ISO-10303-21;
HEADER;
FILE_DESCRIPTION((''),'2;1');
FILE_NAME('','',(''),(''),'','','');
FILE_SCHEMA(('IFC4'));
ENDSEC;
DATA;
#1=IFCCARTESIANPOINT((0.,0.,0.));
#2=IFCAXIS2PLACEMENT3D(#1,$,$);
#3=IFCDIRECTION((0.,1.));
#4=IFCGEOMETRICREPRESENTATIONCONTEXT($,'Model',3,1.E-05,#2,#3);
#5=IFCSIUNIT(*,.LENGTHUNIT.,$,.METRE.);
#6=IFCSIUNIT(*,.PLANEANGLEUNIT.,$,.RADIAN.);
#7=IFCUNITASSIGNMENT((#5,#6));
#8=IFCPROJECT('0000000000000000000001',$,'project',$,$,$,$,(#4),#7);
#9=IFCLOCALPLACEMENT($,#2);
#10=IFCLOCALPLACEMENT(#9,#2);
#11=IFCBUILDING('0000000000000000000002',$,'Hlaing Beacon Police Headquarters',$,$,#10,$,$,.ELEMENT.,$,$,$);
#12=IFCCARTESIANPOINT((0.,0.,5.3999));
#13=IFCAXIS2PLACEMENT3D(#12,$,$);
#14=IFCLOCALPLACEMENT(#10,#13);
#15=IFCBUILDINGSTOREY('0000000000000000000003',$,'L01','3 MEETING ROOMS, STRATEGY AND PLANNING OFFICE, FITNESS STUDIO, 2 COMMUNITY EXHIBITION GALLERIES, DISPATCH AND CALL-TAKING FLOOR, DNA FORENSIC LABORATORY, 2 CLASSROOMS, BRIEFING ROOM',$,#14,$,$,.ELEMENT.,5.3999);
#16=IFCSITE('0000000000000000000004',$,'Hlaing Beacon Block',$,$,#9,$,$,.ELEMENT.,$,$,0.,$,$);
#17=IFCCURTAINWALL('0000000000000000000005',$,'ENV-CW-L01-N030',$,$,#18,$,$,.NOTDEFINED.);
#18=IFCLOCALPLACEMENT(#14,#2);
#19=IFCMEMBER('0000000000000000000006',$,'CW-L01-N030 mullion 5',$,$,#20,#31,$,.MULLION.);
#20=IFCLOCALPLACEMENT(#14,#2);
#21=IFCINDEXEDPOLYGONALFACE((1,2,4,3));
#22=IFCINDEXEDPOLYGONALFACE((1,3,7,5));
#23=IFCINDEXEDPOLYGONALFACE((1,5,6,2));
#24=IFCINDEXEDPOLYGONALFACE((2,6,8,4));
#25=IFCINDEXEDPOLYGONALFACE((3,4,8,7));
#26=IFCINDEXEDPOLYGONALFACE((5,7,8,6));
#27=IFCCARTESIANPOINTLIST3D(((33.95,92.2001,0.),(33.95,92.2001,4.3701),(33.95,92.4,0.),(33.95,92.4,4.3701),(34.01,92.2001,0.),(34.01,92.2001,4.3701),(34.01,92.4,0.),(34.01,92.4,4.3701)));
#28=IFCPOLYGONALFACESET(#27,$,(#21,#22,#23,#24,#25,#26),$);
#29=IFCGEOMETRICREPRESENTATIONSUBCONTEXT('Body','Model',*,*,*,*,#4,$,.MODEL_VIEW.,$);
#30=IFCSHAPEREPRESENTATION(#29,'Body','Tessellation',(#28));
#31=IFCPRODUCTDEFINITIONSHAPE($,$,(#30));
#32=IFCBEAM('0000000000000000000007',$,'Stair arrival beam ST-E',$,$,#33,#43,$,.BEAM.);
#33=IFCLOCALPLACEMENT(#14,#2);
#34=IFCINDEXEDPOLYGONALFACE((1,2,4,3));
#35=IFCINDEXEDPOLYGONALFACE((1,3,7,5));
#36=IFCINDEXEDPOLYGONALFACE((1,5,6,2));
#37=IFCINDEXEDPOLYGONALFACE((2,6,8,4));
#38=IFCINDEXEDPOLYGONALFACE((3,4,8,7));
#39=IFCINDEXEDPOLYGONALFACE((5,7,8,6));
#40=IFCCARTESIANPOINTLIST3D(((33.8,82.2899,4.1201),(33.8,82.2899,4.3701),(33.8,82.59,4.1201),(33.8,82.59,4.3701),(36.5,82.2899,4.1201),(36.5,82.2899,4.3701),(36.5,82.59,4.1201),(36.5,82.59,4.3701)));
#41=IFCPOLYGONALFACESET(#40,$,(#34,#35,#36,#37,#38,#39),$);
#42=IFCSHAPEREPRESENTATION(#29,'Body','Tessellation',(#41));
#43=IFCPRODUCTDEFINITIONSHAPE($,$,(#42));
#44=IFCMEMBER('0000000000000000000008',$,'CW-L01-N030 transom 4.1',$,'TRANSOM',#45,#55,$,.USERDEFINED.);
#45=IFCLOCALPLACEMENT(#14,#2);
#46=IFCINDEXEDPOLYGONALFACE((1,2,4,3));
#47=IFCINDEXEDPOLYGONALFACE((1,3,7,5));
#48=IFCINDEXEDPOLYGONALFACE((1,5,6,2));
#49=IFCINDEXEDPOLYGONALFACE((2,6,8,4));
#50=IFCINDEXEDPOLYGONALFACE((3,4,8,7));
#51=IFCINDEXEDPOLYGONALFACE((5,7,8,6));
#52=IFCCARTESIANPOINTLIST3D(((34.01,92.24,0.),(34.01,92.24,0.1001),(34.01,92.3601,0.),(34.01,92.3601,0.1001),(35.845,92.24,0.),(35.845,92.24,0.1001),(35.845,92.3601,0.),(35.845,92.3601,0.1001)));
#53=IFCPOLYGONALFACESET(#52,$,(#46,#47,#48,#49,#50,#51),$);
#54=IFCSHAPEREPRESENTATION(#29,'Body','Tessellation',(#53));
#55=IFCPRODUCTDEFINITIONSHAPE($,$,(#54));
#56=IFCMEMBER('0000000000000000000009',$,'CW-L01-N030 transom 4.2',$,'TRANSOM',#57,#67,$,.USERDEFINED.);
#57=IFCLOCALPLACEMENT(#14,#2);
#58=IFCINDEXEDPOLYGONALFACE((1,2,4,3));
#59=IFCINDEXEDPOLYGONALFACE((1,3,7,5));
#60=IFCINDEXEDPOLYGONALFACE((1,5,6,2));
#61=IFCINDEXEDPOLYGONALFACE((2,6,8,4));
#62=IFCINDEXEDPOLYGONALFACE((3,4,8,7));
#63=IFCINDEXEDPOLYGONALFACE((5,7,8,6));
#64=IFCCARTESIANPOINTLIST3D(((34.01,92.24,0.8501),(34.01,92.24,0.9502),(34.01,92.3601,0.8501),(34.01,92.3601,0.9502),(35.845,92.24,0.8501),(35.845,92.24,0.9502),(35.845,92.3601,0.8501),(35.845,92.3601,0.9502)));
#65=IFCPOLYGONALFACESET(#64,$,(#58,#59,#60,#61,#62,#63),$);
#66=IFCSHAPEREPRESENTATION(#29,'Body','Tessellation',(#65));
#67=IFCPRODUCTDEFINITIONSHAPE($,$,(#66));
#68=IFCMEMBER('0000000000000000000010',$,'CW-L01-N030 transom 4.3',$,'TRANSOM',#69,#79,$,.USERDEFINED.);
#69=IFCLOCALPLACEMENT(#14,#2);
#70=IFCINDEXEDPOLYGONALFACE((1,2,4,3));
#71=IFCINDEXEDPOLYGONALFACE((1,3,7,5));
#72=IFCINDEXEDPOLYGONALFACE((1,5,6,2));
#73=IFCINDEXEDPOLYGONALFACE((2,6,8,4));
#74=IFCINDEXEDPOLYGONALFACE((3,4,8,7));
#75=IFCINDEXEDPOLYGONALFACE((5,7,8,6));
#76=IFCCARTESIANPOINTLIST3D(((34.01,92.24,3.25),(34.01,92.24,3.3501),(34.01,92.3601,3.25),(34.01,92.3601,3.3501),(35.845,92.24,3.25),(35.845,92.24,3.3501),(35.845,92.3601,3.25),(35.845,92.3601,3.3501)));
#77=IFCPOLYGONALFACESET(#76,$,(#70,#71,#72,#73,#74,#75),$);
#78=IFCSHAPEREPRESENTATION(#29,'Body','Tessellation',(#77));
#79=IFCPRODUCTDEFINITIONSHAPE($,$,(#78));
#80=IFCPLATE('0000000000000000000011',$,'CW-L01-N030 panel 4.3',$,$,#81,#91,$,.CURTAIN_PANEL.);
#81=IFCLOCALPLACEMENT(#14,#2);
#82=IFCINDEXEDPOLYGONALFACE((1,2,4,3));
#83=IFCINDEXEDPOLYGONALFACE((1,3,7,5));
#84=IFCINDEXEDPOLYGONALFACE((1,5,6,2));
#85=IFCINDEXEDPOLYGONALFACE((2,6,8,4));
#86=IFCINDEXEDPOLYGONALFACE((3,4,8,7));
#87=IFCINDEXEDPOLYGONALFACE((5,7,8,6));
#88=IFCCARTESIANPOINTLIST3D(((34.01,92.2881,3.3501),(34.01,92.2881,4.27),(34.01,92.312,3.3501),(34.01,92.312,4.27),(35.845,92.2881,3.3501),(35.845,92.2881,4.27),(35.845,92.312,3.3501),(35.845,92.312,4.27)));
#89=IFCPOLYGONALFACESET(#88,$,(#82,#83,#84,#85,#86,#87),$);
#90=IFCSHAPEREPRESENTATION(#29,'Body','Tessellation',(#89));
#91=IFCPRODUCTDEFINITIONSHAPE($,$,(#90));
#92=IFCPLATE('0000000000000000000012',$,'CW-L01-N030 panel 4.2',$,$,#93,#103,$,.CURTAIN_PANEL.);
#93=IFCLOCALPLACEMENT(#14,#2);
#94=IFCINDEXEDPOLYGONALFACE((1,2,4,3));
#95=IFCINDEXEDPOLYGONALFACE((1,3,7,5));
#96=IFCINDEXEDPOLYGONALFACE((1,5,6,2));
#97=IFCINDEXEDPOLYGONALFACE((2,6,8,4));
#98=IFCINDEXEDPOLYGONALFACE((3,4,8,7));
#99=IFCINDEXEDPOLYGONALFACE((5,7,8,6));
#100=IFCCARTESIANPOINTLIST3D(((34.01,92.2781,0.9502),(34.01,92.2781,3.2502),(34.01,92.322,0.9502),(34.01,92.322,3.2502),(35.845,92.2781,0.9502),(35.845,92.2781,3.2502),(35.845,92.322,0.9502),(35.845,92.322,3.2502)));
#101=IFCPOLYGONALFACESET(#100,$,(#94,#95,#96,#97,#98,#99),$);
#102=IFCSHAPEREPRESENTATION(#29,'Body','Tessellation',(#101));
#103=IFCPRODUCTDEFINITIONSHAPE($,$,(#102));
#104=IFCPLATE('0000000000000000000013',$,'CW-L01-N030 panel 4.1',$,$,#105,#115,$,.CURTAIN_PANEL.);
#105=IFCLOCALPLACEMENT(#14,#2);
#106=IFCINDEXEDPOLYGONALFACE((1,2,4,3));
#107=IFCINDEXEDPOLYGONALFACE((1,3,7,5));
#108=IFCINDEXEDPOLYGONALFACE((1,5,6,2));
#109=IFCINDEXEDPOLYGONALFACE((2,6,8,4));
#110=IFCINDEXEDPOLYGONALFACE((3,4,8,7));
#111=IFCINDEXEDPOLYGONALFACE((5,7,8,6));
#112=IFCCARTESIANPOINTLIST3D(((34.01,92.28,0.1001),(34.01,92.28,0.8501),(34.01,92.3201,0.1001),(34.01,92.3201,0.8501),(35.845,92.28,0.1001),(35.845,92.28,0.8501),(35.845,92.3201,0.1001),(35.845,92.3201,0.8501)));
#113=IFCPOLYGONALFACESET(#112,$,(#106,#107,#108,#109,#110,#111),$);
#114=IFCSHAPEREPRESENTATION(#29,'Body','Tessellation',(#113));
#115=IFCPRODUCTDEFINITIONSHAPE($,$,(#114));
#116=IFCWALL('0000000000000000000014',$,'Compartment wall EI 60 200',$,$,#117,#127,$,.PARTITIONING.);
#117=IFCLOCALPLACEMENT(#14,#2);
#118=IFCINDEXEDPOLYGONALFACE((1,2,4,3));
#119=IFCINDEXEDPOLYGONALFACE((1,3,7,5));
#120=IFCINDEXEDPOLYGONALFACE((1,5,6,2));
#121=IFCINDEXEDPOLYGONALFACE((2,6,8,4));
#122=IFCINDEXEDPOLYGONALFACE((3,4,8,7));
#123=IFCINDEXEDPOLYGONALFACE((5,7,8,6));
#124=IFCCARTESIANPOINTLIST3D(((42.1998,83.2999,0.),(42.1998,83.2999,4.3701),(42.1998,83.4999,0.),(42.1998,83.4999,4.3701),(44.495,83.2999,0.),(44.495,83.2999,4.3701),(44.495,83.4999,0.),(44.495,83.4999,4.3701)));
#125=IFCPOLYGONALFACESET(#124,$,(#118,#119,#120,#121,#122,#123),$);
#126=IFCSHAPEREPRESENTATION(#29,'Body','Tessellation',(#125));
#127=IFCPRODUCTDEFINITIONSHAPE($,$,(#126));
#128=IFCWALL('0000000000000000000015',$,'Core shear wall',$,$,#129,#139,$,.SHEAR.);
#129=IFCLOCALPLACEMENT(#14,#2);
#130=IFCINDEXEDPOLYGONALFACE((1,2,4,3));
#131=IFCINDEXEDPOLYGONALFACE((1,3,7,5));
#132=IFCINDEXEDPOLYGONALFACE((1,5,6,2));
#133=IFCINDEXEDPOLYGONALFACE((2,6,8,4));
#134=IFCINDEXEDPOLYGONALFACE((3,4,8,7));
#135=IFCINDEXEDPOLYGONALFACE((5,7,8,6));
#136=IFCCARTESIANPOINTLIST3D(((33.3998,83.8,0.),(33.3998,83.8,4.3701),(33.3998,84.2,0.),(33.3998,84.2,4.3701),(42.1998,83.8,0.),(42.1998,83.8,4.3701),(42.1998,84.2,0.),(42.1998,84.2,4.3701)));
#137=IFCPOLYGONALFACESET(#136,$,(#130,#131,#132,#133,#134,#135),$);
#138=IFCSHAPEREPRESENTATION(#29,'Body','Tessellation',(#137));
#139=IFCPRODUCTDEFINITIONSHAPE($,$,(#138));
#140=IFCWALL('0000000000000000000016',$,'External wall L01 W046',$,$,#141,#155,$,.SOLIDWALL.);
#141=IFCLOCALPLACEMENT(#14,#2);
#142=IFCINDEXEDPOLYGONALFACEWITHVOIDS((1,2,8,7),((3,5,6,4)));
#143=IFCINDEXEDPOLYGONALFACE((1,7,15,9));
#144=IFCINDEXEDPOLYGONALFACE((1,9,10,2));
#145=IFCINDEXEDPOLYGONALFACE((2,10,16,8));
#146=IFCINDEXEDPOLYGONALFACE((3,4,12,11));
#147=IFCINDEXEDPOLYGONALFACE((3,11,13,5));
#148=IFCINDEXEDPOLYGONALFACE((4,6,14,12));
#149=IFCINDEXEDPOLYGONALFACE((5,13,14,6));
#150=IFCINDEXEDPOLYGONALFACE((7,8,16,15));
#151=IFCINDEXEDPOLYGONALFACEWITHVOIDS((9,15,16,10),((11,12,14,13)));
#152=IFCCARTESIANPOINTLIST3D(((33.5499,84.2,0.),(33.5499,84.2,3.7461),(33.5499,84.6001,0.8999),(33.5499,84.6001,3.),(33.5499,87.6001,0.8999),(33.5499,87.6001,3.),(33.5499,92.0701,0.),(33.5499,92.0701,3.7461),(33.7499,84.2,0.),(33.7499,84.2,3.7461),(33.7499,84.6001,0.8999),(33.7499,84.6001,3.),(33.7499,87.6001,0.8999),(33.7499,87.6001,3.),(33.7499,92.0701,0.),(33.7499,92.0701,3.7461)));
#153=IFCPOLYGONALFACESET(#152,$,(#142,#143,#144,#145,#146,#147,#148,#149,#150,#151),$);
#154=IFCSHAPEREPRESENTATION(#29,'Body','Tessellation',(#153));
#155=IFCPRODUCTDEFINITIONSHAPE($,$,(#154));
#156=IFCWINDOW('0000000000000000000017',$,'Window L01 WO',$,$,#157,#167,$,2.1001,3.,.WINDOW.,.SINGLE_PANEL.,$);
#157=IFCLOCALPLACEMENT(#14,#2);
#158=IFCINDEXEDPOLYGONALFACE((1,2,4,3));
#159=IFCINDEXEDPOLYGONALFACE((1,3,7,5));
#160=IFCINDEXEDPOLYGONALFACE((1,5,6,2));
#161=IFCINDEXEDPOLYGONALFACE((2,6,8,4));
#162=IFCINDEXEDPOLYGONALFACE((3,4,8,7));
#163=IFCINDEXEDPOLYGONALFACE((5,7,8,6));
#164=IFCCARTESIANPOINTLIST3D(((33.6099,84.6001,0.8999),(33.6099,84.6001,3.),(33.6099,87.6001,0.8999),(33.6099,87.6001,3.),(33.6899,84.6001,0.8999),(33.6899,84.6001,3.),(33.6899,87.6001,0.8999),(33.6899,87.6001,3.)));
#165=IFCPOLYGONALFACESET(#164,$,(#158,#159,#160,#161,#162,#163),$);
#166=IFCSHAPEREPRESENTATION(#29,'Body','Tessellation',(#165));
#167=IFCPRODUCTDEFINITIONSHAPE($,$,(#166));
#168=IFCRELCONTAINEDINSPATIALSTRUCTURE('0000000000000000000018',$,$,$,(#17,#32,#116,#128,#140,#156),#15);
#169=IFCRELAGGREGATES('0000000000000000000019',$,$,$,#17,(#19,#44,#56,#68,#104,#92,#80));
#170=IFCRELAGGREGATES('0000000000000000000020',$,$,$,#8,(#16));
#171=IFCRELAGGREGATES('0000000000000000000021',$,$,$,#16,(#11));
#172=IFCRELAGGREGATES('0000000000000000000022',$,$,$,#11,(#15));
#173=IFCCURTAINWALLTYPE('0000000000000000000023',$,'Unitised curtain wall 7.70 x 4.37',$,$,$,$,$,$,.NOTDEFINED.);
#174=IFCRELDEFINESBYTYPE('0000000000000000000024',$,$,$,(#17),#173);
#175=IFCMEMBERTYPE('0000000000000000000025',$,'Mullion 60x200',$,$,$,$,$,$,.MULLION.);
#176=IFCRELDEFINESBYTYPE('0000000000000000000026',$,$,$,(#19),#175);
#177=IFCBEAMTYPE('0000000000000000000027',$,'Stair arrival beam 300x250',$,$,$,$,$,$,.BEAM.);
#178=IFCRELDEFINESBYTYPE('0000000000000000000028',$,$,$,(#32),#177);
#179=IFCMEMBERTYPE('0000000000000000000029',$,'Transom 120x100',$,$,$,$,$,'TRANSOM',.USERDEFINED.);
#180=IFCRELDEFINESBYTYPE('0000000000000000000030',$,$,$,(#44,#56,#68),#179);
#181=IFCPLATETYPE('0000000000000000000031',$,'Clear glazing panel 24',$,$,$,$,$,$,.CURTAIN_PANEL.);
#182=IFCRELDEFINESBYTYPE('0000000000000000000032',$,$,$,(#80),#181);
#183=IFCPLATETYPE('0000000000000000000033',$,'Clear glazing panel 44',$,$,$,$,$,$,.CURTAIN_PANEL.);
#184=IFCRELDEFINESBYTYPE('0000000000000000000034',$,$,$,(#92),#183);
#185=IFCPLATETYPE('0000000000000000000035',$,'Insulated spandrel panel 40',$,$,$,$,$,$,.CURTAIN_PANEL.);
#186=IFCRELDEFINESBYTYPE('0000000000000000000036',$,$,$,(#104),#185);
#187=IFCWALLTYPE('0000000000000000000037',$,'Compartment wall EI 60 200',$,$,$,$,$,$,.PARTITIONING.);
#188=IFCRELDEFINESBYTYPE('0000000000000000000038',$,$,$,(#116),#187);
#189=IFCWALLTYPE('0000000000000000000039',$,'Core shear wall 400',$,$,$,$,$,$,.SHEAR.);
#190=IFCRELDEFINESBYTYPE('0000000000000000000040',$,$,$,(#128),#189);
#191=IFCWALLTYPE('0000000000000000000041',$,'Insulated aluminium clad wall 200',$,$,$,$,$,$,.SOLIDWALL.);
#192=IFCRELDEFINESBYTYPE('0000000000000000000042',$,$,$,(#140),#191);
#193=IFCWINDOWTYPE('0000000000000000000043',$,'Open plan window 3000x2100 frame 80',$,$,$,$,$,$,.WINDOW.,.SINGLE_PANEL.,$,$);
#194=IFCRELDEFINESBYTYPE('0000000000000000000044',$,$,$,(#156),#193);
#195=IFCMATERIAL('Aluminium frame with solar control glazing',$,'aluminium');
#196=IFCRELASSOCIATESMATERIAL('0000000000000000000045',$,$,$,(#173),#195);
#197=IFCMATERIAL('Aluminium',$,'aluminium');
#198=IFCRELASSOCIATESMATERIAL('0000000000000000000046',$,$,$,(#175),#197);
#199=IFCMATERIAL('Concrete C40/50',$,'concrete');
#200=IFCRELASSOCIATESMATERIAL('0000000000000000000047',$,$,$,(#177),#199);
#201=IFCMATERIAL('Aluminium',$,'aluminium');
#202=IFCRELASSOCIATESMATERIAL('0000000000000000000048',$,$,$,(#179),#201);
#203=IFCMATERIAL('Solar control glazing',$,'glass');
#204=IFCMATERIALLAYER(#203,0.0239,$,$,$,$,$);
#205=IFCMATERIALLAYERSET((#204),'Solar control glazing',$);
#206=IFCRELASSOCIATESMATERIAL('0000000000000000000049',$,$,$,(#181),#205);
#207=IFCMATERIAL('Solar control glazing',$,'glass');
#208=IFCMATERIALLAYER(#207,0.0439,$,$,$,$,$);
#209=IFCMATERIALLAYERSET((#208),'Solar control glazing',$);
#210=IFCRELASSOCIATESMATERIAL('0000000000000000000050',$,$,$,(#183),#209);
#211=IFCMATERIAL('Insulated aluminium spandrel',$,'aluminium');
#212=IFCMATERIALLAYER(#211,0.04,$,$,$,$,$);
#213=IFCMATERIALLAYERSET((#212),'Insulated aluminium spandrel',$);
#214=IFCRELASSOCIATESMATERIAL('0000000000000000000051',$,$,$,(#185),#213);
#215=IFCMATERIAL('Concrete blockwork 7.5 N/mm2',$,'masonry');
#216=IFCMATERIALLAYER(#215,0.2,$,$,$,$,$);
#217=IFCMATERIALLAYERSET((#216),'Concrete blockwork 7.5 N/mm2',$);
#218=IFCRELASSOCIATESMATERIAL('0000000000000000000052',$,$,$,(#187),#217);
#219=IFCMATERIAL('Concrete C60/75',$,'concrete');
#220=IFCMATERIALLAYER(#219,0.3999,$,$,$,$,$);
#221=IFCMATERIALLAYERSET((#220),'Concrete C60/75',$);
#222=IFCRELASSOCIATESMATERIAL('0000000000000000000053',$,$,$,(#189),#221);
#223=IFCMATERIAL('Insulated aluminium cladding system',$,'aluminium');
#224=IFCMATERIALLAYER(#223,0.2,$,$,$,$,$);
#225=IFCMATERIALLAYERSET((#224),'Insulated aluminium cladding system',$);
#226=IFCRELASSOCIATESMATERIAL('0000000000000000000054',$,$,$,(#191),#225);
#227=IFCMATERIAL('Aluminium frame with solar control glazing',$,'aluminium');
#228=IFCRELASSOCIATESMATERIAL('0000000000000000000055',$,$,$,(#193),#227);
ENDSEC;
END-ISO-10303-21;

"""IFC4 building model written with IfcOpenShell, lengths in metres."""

from ifc_helpers import new_model, si_unit, direction, frame, frame_2d, origin, origin_2d, place, context, subcontext, project, spatial, rectangle, extrude, material, layer, layer_set, material_profile, profile_set, type_object, element, fill, aggregate, save


model = new_model("IFC4")

# Units and contexts
model_context = context("Model", 3, precision=1e-05, world=origin(), true_north=direction((0.0, 1.0)))
body_context = subcontext(model_context, "Body", "Model", "MODEL_VIEW")
ifc_project = project(units=[si_unit("LENGTHUNIT", "METRE"), si_unit("PLANEANGLEUNIT", "RADIAN")], contexts=[model_context])

# Site, building, storey
site_placement = place(None, origin())
site = spatial("IfcSite", under=ifc_project, at=site_placement, Name="Hlaing Beacon Block", CompositionType="ELEMENT", RefElevation=0.0)
building_placement = place(site_placement, origin())
building = spatial("IfcBuilding", under=site, at=building_placement, Name="Hlaing Beacon Police Headquarters", CompositionType="ELEMENT")
storey_placement = place(building_placement, frame((0.0, 0.0, 5.3999)))
storey = spatial("IfcBuildingStorey", under=building, at=storey_placement, Name="L01", Description="3 MEETING ROOMS, STRATEGY AND PLANNING OFFICE, FITNESS STUDIO, 2 COMMUNITY EXHIBITION GALLERIES, DISPATCH AND CALL-TAKING FLOOR, DNA FORENSIC LABORATORY, 2 CLASSROOMS, BRIEFING ROOM", CompositionType="ELEMENT", Elevation=5.3999)

# Curtain wall, member
ifc_material_1 = material(Name="Aluminium frame with solar control glazing", Category="aluminium")
curtain_wall_type = type_object("IfcCurtainWallType", Name="Unitised curtain wall 7.70 x 4.37", PredefinedType="NOTDEFINED", material=ifc_material_1)
curtain_wall_placement = place(storey_placement, origin())
curtain_wall = element("IfcCurtainWall", 1, at=curtain_wall_placement, inside=storey, type_object=curtain_wall_type, Name="ENV-CW-L01-N030", PredefinedType="NOTDEFINED")
ifc_material_2 = material(Name="Aluminium", Category="aluminium")
ifc_material_profile_1 = material_profile(ifc_material_2, rectangle(XDim=0.2, YDim=0.0601, at=origin_2d()), Name="Mullion 60x200")
ifc_profile_set_1 = profile_set([ifc_material_profile_1], Name="Aluminium")
member_type_1 = type_object("IfcMemberType", Name="Mullion 60x200", PredefinedType="MULLION", material=ifc_profile_set_1)
member_1_placement = place(storey_placement, frame((33.98, 92.3, 0.0), z_axis=(0.0, 0.0, 1.0), x_axis=(0.0, -1.0, 0.0)))
member_1 = element("IfcMember", 2, at=member_1_placement, type_object=member_type_1, Name="CW-L01-N030 mullion 5", PredefinedType="MULLION", context=body_context, shape_type="SweptSolid", body=[
    extrude(rectangle(XDim=0.2, YDim=0.0601, at=origin_2d()), origin(), (0.0, 0.0, 1.0), 4.3701),
])

# Beam
ifc_material_3 = material(Name="Concrete C40/50", Category="concrete")
ifc_material_profile_2 = material_profile(ifc_material_3, rectangle(XDim=0.3, YDim=0.25, at=origin_2d()), Name="Stair arrival beam 300x250")
ifc_profile_set_2 = profile_set([ifc_material_profile_2], Name="Concrete C40/50")
beam_type = type_object("IfcBeamType", Name="Stair arrival beam 300x250", PredefinedType="BEAM", material=ifc_profile_set_2)
beam_placement = place(storey_placement, frame((33.8, 82.4399, 4.2451), z_axis=(1.0, 0.0, 0.0), x_axis=(0.0, 1.0, 0.0)))
element("IfcBeam", 3, at=beam_placement, inside=storey, type_object=beam_type, Name="Stair arrival beam ST-E", PredefinedType="BEAM", context=body_context, shape_type="SweptSolid", body=[
    extrude(rectangle(XDim=0.3, YDim=0.25, at=origin_2d()), origin(), (0.0, 0.0, 1.0), 2.7),
])

# Members
ifc_material_4 = material(Name="Aluminium", Category="aluminium")
ifc_material_profile_3 = material_profile(ifc_material_4, rectangle(XDim=0.1201, YDim=0.1001, at=origin_2d()), Name="Transom 120x100")
ifc_profile_set_3 = profile_set([ifc_material_profile_3], Name="Aluminium")
member_type_2 = type_object("IfcMemberType", Name="Transom 120x100", ElementType="TRANSOM", PredefinedType="USERDEFINED", material=ifc_profile_set_3)
member_2_placement = place(storey_placement, frame((35.845, 92.3, 0.05), z_axis=(-1.0, 0.0, 0.0), x_axis=(0.0, -1.0, 0.0)))
member_2 = element("IfcMember", 4, at=member_2_placement, type_object=member_type_2, Name="CW-L01-N030 transom 4.1", ObjectType="TRANSOM", PredefinedType="USERDEFINED", context=body_context, shape_type="SweptSolid", body=[
    extrude(rectangle(XDim=0.1201, YDim=0.1001, at=origin_2d()), origin(), (0.0, 0.0, 1.0), 1.835),
])
member_3_placement = place(storey_placement, frame((35.845, 92.3, 0.9001), z_axis=(-1.0, 0.0, 0.0), x_axis=(0.0, -1.0, 0.0)))
member_3 = element("IfcMember", 5, at=member_3_placement, type_object=member_type_2, Name="CW-L01-N030 transom 4.2", ObjectType="TRANSOM", PredefinedType="USERDEFINED", context=body_context, shape_type="SweptSolid", body=[
    extrude(rectangle(XDim=0.1201, YDim=0.1001, at=origin_2d()), origin(), (0.0, 0.0, 1.0), 1.835),
])
member_4_placement = place(storey_placement, frame((35.845, 92.3, 3.3), z_axis=(-1.0, 0.0, 0.0), x_axis=(0.0, -1.0, 0.0)))
member_4 = element("IfcMember", 6, at=member_4_placement, type_object=member_type_2, Name="CW-L01-N030 transom 4.3", ObjectType="TRANSOM", PredefinedType="USERDEFINED", context=body_context, shape_type="SweptSolid", body=[
    extrude(rectangle(XDim=0.1201, YDim=0.1001, at=origin_2d()), origin(), (0.0, 0.0, 1.0), 1.835),
])

# Plates
ifc_material_5 = material(Name="Solar control glazing", Category="glass")
ifc_layer_1 = layer(ifc_material_5, 0.0239)
ifc_layer_set_1 = layer_set([ifc_layer_1], Name="Solar control glazing")
plate_type_1 = type_object("IfcPlateType", Name="Clear glazing panel 24", PredefinedType="CURTAIN_PANEL", material=ifc_layer_set_1)
plate_1_placement = place(storey_placement, frame((34.9275, 92.3, 3.3501), z_axis=(0.0, 0.0, 1.0), x_axis=(-1.0, 0.0, 0.0)))
plate_1 = element("IfcPlate", 7, at=plate_1_placement, type_object=plate_type_1, Name="CW-L01-N030 panel 4.3", PredefinedType="CURTAIN_PANEL", context=body_context, shape_type="SweptSolid", body=[
    extrude(rectangle(XDim=1.835, YDim=0.0239, at=origin_2d()), origin(), (0.0, 0.0, 1.0), 0.9199),
])
ifc_material_6 = material(Name="Solar control glazing", Category="glass")
ifc_layer_2 = layer(ifc_material_6, 0.0439)
ifc_layer_set_2 = layer_set([ifc_layer_2], Name="Solar control glazing")
plate_type_2 = type_object("IfcPlateType", Name="Clear glazing panel 44", PredefinedType="CURTAIN_PANEL", material=ifc_layer_set_2)
plate_2_placement = place(storey_placement, frame((34.9275, 92.3, 0.9502), z_axis=(0.0, 0.0, 1.0), x_axis=(-1.0, 0.0, 0.0)))
plate_2 = element("IfcPlate", 8, at=plate_2_placement, type_object=plate_type_2, Name="CW-L01-N030 panel 4.2", PredefinedType="CURTAIN_PANEL", context=body_context, shape_type="SweptSolid", body=[
    extrude(rectangle(XDim=1.835, YDim=0.0439, at=origin_2d()), origin(), (0.0, 0.0, 1.0), 2.3),
])
ifc_material_7 = material(Name="Insulated aluminium spandrel", Category="aluminium")
ifc_layer_3 = layer(ifc_material_7, 0.04)
ifc_layer_set_3 = layer_set([ifc_layer_3], Name="Insulated aluminium spandrel")
plate_type_3 = type_object("IfcPlateType", Name="Insulated spandrel panel 40", PredefinedType="CURTAIN_PANEL", material=ifc_layer_set_3)
plate_3_placement = place(storey_placement, frame((34.9275, 92.3, 0.1001), z_axis=(0.0, 0.0, 1.0), x_axis=(-1.0, 0.0, 0.0)))
plate_3 = element("IfcPlate", 9, at=plate_3_placement, type_object=plate_type_3, Name="CW-L01-N030 panel 4.1", PredefinedType="CURTAIN_PANEL", context=body_context, shape_type="SweptSolid", body=[
    extrude(rectangle(XDim=1.835, YDim=0.04, at=origin_2d()), origin(), (0.0, 0.0, 1.0), 0.75),
])
aggregate(curtain_wall, [member_1, member_2, member_3, member_4, plate_3, plate_2, plate_1])

# Walls
ifc_material_8 = material(Name="Concrete blockwork 7.5 N/mm2", Category="masonry")
ifc_layer_4 = layer(ifc_material_8, 0.2)
ifc_layer_set_4 = layer_set([ifc_layer_4], Name="Concrete blockwork 7.5 N/mm2")
wall_type_1 = type_object("IfcWallType", Name="Compartment wall EI 60 200", PredefinedType="PARTITIONING", material=ifc_layer_set_4)
wall_1_placement = place(storey_placement, frame((42.2, 83.3999, 0.0), z_axis=(0.0, 0.0, 1.0), x_axis=(1.0, 0.0, 0.0)))
element("IfcWall", 10, at=wall_1_placement, inside=storey, type_object=wall_type_1, Name="Compartment wall EI 60 200", PredefinedType="PARTITIONING", context=body_context, shape_type="SweptSolid", body=[
    extrude(rectangle(XDim=2.2952, YDim=0.2, at=frame_2d((1.1475, 0.0))), origin(), (0.0, 0.0, 1.0), 4.3701),
])
ifc_material_9 = material(Name="Concrete C60/75", Category="concrete")
ifc_layer_5 = layer(ifc_material_9, 0.3999)
ifc_layer_set_5 = layer_set([ifc_layer_5], Name="Concrete C60/75")
wall_type_2 = type_object("IfcWallType", Name="Core shear wall 400", PredefinedType="SHEAR", material=ifc_layer_set_5)
wall_2_placement = place(storey_placement, frame((33.3999, 84.0, 0.0), z_axis=(0.0, 0.0, 1.0), x_axis=(1.0, 0.0, 0.0)))
element("IfcWall", 11, at=wall_2_placement, inside=storey, type_object=wall_type_2, Name="Core shear wall", PredefinedType="SHEAR", context=body_context, shape_type="SweptSolid", body=[
    extrude(rectangle(XDim=8.8, YDim=0.3999, at=frame_2d((4.3999, 0.0))), origin(), (0.0, 0.0, 1.0), 4.3701),
])

# Wall, opening, window
ifc_material_10 = material(Name="Insulated aluminium cladding system", Category="aluminium")
ifc_layer_6 = layer(ifc_material_10, 0.2)
ifc_layer_set_6 = layer_set([ifc_layer_6], Name="Insulated aluminium cladding system")
wall_type_3 = type_object("IfcWallType", Name="Insulated aluminium clad wall 200", PredefinedType="SOLIDWALL", material=ifc_layer_set_6)
wall_3_placement = place(storey_placement, frame((33.6499, 92.0701, 0.0), z_axis=(0.0, 0.0, 1.0), x_axis=(0.0, -1.0, 0.0)))
wall_3 = element("IfcWall", 12, at=wall_3_placement, inside=storey, type_object=wall_type_3, Name="External wall L01 W046", PredefinedType="SOLIDWALL", context=body_context, shape_type="SweptSolid", body=[
    extrude(rectangle(XDim=7.8701, YDim=0.2, at=frame_2d((3.9351, 0.0))), origin(), (0.0, 0.0, 1.0), 3.7461),
])
opening_1_placement = place(wall_3_placement, frame((4.47, 0.0, 0.8999)))
opening_1 = element("IfcOpeningElement", 13, at=opening_1_placement, cuts=wall_3, PredefinedType="OPENING", context=body_context, shape_type="SweptSolid", body=[
    extrude(rectangle(XDim=3.0, YDim=2.1001, at=frame_2d((1.5, 1.05))), frame((0.0, 0.1099, 0.0), z_axis=(0.0, -1.0, 0.0), x_axis=(1.0, 0.0, 0.0)), (0.0, 0.0, 1.0), 0.22),
])
ifc_material_11 = material(Name="Aluminium frame with solar control glazing", Category="aluminium")
window_type = type_object("IfcWindowType", Name="Open plan window 3000x2100 frame 80", PartitioningType="SINGLE_PANEL", PredefinedType="WINDOW", material=ifc_material_11)
window_placement = place(opening_1_placement, origin())
window = element("IfcWindow", 14, at=window_placement, inside=storey, type_object=window_type, Name="Window L01 WO", OverallHeight=2.1001, OverallWidth=3.0, PartitioningType="SINGLE_PANEL", PredefinedType="WINDOW", context=body_context, shape_type="SweptSolid", body=[
    extrude(rectangle(XDim=3.0, YDim=2.1001, at=frame_2d((1.5, 1.05))), frame((0.0, 0.04, 0.0), z_axis=(0.0, -1.0, 0.0), x_axis=(1.0, 0.0, 0.0)), (0.0, 0.0, 1.0), 0.0801),
])
fill(opening_1, window)

save(model, "model.ifc")
